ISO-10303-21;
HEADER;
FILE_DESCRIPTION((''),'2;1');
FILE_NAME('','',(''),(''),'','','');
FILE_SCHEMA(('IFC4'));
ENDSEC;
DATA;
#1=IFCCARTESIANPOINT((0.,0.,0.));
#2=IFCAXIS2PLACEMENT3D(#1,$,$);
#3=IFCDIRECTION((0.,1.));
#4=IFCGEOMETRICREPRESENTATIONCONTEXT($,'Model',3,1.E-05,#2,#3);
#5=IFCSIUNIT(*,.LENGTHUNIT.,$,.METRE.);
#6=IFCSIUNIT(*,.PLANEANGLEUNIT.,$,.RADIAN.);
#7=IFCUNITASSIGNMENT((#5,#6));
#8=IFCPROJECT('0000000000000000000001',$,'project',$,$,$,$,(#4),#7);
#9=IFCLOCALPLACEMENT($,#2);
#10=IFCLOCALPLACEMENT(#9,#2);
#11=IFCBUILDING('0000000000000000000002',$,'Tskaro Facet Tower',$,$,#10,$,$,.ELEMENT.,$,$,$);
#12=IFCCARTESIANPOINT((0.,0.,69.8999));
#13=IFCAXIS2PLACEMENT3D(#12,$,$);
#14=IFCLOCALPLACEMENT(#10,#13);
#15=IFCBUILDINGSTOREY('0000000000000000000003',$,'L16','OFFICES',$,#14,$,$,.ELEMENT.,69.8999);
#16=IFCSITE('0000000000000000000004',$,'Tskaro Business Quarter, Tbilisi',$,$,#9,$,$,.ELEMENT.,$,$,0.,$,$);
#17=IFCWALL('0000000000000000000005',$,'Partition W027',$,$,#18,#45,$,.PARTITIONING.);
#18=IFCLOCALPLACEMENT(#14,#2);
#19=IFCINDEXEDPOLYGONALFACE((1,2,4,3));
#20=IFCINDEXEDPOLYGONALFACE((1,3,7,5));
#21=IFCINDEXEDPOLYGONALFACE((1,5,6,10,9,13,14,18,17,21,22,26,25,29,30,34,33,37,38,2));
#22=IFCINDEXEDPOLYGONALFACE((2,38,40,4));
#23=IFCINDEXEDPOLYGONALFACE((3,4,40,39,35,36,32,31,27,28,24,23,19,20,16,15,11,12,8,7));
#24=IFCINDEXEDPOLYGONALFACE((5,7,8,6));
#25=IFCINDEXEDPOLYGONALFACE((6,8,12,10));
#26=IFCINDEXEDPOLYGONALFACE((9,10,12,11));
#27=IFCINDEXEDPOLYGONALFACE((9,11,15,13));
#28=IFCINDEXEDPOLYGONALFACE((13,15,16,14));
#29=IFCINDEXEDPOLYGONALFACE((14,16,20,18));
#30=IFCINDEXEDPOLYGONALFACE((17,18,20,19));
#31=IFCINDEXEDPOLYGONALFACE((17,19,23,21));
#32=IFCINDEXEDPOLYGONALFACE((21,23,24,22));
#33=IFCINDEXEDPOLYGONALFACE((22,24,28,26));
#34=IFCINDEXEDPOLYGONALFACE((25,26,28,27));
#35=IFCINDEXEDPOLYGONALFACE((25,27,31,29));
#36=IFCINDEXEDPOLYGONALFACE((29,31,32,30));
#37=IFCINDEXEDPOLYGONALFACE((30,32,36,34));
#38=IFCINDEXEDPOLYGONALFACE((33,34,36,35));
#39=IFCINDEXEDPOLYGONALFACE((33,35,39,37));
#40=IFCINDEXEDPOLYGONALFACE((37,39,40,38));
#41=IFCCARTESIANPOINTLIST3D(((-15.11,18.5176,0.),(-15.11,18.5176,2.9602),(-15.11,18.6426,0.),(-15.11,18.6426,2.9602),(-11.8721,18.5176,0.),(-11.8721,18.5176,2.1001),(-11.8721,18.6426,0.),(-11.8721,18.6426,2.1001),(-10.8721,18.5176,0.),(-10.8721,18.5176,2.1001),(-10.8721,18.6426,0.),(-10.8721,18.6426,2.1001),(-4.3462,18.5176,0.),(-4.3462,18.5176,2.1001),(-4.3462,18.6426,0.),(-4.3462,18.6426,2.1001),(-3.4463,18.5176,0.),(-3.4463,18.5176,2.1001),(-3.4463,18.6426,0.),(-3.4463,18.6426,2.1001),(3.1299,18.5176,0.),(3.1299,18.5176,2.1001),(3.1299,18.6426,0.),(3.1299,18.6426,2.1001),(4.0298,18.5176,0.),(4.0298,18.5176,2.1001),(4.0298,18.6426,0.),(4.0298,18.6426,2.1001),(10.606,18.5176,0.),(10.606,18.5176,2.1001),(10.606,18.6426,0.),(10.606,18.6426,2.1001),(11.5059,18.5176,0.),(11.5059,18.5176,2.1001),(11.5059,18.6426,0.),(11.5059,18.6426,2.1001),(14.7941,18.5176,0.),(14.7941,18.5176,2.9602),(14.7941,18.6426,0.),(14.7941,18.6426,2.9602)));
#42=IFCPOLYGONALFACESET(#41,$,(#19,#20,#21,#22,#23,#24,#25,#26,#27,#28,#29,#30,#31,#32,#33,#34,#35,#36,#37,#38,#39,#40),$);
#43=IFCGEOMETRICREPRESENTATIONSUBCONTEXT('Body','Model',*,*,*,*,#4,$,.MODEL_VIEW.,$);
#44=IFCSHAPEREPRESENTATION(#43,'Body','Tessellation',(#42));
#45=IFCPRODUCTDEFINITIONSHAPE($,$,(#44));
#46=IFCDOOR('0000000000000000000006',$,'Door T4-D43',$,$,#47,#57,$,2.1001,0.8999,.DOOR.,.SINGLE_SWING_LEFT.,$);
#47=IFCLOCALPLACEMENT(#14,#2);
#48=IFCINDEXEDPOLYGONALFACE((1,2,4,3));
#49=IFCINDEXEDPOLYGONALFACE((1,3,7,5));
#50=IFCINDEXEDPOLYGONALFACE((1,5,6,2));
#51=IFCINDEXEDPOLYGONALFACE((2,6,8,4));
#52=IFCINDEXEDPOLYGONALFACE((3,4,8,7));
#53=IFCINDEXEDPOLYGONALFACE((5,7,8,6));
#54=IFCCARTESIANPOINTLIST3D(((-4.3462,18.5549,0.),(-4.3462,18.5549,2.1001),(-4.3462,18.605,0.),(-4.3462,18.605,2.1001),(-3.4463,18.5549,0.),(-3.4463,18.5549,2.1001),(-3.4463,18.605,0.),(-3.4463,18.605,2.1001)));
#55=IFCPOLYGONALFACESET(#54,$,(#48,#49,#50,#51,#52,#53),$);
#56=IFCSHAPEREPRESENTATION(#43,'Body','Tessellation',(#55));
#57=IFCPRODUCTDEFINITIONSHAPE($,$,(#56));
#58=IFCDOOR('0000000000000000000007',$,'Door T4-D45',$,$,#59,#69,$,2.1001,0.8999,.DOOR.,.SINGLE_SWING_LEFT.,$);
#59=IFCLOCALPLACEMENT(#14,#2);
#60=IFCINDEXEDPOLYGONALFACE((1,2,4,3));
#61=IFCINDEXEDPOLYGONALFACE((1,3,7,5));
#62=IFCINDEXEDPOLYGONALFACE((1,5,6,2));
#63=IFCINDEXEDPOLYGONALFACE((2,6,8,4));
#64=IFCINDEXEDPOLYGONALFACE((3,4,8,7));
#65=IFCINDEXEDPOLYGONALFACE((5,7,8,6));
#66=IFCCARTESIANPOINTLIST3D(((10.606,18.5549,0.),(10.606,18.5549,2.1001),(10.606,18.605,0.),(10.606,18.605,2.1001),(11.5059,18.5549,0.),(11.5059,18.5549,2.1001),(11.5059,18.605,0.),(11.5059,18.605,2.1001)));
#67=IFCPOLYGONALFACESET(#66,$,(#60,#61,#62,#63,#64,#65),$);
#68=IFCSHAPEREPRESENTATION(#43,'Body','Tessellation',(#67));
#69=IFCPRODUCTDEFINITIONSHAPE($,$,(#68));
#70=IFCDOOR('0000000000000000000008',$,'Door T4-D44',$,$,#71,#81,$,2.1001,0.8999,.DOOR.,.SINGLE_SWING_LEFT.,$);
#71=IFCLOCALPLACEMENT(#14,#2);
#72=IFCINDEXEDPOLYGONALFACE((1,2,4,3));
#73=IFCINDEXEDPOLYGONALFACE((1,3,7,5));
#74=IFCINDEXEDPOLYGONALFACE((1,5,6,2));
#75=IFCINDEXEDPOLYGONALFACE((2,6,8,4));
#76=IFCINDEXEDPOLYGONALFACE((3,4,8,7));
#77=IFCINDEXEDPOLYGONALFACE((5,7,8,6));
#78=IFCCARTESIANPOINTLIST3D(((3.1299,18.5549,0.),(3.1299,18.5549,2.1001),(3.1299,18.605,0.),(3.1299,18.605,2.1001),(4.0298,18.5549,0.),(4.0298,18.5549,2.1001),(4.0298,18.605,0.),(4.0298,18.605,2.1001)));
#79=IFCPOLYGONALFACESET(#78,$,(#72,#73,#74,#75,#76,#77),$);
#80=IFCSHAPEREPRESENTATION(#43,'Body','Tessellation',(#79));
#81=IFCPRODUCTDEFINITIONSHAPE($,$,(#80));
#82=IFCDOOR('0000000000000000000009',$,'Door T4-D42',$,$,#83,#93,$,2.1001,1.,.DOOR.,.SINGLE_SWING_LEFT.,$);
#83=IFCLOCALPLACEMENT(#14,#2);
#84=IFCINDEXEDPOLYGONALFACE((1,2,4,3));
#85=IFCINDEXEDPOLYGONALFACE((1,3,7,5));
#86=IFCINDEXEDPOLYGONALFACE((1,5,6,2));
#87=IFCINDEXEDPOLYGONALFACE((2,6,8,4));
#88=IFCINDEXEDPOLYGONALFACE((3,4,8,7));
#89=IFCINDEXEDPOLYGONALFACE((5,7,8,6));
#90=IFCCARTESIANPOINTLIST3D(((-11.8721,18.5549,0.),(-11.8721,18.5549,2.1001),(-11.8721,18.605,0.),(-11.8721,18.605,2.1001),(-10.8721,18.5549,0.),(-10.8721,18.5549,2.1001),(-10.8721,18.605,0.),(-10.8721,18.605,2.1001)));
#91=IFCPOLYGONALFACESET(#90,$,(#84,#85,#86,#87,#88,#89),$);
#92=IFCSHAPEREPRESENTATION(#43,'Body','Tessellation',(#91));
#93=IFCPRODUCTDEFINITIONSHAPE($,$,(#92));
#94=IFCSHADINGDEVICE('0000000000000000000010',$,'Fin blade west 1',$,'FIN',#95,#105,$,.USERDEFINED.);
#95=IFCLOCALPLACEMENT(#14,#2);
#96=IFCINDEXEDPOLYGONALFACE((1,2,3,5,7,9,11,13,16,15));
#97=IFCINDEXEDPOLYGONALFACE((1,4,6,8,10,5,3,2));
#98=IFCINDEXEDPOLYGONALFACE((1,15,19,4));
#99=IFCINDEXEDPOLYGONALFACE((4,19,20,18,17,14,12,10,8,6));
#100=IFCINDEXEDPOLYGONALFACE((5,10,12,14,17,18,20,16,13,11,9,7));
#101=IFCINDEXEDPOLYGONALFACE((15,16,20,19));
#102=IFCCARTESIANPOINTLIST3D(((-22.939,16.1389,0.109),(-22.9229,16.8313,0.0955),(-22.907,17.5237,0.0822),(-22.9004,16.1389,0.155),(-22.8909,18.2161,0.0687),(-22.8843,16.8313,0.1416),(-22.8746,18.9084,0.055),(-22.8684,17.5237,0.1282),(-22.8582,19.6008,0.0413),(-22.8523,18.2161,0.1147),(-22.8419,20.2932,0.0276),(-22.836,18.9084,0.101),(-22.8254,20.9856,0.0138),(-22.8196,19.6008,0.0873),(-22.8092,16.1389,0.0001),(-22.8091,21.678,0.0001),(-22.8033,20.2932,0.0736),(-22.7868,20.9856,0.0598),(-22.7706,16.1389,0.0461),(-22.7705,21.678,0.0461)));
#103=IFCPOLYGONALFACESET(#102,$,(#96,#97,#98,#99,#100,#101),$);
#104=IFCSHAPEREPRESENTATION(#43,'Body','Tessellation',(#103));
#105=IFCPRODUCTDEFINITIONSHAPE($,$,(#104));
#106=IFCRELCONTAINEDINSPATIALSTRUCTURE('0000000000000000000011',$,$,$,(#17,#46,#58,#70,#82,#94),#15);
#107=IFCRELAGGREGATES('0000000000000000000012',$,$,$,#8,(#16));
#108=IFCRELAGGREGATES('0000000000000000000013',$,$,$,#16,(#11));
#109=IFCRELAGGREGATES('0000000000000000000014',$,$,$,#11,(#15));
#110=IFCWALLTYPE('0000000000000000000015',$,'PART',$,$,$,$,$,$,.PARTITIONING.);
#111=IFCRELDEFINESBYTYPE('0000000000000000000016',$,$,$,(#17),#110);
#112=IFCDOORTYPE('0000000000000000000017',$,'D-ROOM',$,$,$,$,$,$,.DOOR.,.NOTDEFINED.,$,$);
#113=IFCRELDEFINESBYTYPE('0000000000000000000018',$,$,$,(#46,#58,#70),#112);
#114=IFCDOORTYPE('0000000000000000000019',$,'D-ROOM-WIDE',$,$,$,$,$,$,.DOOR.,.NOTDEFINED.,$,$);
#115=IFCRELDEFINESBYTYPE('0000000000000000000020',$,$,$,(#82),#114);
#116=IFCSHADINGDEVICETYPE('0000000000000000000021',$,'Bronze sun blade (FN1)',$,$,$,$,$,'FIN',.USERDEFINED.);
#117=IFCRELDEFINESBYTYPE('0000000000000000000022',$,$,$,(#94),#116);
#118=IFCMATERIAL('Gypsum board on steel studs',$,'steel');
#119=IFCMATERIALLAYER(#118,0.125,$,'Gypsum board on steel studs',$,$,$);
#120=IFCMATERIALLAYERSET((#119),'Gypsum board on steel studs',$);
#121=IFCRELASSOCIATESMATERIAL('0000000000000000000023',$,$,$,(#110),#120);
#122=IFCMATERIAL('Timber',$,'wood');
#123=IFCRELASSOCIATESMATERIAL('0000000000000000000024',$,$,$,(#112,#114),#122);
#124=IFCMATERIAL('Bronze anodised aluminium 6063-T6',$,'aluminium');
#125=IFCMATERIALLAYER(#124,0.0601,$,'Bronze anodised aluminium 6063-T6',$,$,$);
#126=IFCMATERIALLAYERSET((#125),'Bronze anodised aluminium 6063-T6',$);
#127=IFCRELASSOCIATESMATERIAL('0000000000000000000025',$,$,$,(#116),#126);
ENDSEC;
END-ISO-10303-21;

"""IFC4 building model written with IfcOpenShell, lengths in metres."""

from ifc_helpers import new_model, si_unit, direction, frame, frame_2d, origin, place, context, subcontext, project, spatial, polyline, rectangle, outline, extrude, material, layer, layer_set, type_object, element, fill, save


model = new_model("IFC4")

# Units and contexts
model_context = context("Model", 3, precision=1e-05, world=origin(), true_north=direction((0.0, 1.0)))
body_context = subcontext(model_context, "Body", "Model", "MODEL_VIEW")
ifc_project = project(units=[si_unit("LENGTHUNIT", "METRE"), si_unit("PLANEANGLEUNIT", "RADIAN")], contexts=[model_context])

# Site, building, storey
site_placement = place(None, origin())
site = spatial("IfcSite", under=ifc_project, at=site_placement, Name="Tskaro Business Quarter, Tbilisi", CompositionType="ELEMENT", RefElevation=0.0)
building_placement = place(site_placement, origin())
building = spatial("IfcBuilding", under=site, at=building_placement, Name="Tskaro Facet Tower", CompositionType="ELEMENT")
storey_placement = place(building_placement, frame((0.0, 0.0, 69.8999)))
storey = spatial("IfcBuildingStorey", under=building, at=storey_placement, Name="L16", Description="OFFICES", CompositionType="ELEMENT", Elevation=69.8999)

# Shared definitions
ifc_material_1 = material(Name="Bronze anodised aluminium 6063-T6", Category="aluminium")

# Wall, openings, doors
ifc_material_2 = material(Name="Gypsum board on steel studs", Category="steel")
ifc_layer_1 = layer(ifc_material_2, 0.125, Name="Gypsum board on steel studs")
ifc_layer_set_1 = layer_set([ifc_layer_1], Name="Gypsum board on steel studs")
wall_type = type_object("IfcWallType", Name="PART", PredefinedType="PARTITIONING", material=ifc_layer_set_1)
wall_placement = place(storey_placement, frame((-15.1101, 18.5801, 0.0), z_axis=(0.0, 0.0, 1.0), x_axis=(1.0, 0.0, 0.0)))
wall = element("IfcWall", 1, at=wall_placement, inside=storey, type_object=wall_type, Name="Partition W027", PredefinedType="PARTITIONING", context=body_context, shape_type="SweptSolid", body=[
    extrude(rectangle(XDim=29.9041, YDim=0.125, at=frame_2d((14.9521, 0.0))), origin(), (0.0, 0.0, 1.0), 2.9602),
])
opening_1_placement = place(wall_placement, frame((10.7639, 0.0, 0.0)))
opening_1 = element("IfcOpeningElement", 2, at=opening_1_placement, cuts=wall, PredefinedType="OPENING", context=body_context, shape_type="SweptSolid", body=[
    extrude(rectangle(XDim=0.8999, YDim=2.1001, at=frame_2d((0.45, 1.05))), frame((0.0, 0.0725, 0.0), z_axis=(0.0, -1.0, 0.0), x_axis=(1.0, 0.0, 0.0)), (0.0, 0.0, 1.0), 0.145),
])
opening_2_placement = place(wall_placement, frame((3.238, 0.0, 0.0)))
opening_2 = element("IfcOpeningElement", 3, at=opening_2_placement, cuts=wall, PredefinedType="OPENING", context=body_context, shape_type="SweptSolid", body=[
    extrude(rectangle(XDim=1.0, YDim=2.1001, at=frame_2d((0.5, 1.05))), frame((0.0, 0.0725, 0.0), z_axis=(0.0, -1.0, 0.0), x_axis=(1.0, 0.0, 0.0)), (0.0, 0.0, 1.0), 0.145),
])
opening_3_placement = place(wall_placement, frame((25.7161, 0.0, 0.0)))
opening_3 = element("IfcOpeningElement", 4, at=opening_3_placement, cuts=wall, PredefinedType="OPENING", context=body_context, shape_type="SweptSolid", body=[
    extrude(rectangle(XDim=0.8999, YDim=2.1001, at=frame_2d((0.45, 1.05))), frame((0.0, 0.0725, 0.0), z_axis=(0.0, -1.0, 0.0), x_axis=(1.0, 0.0, 0.0)), (0.0, 0.0, 1.0), 0.145),
])
opening_4_placement = place(wall_placement, frame((18.24, 0.0, 0.0)))
opening_4 = element("IfcOpeningElement", 5, at=opening_4_placement, cuts=wall, PredefinedType="OPENING", context=body_context, shape_type="SweptSolid", body=[
    extrude(rectangle(XDim=0.8999, YDim=2.1001, at=frame_2d((0.45, 1.05))), frame((0.0, 0.0725, 0.0), z_axis=(0.0, -1.0, 0.0), x_axis=(1.0, 0.0, 0.0)), (0.0, 0.0, 1.0), 0.145),
])
ifc_material_3 = material(Name="Timber", Category="wood")
door_type_1 = type_object("IfcDoorType", Name="D-ROOM", OperationType="NOTDEFINED", PredefinedType="DOOR", material=ifc_material_3)
door_1_placement = place(opening_1_placement, origin())
door_1 = element("IfcDoor", 6, at=door_1_placement, inside=storey, type_object=door_type_1, Name="Door T4-D43", OperationType="SINGLE_SWING_LEFT", OverallHeight=2.1001, OverallWidth=0.8999, PredefinedType="DOOR", context=body_context, shape_type="SweptSolid", body=[
    extrude(rectangle(XDim=0.8999, YDim=2.1001, at=frame_2d((0.45, 1.05))), frame((0.0, 0.0249, 0.0), z_axis=(0.0, -1.0, 0.0), x_axis=(1.0, 0.0, 0.0)), (0.0, 0.0, 1.0), 0.05),
])
fill(opening_1, door_1)
door_2_placement = place(opening_3_placement, origin())
door_2 = element("IfcDoor", 7, at=door_2_placement, inside=storey, type_object=door_type_1, Name="Door T4-D45", OperationType="SINGLE_SWING_LEFT", OverallHeight=2.1001, OverallWidth=0.8999, PredefinedType="DOOR", context=body_context, shape_type="SweptSolid", body=[
    extrude(rectangle(XDim=0.8999, YDim=2.1001, at=frame_2d((0.45, 1.05))), frame((0.0, 0.0249, 0.0), z_axis=(0.0, -1.0, 0.0), x_axis=(1.0, 0.0, 0.0)), (0.0, 0.0, 1.0), 0.05),
])
fill(opening_3, door_2)
door_3_placement = place(opening_4_placement, origin())
door_3 = element("IfcDoor", 8, at=door_3_placement, inside=storey, type_object=door_type_1, Name="Door T4-D44", OperationType="SINGLE_SWING_LEFT", OverallHeight=2.1001, OverallWidth=0.8999, PredefinedType="DOOR", context=body_context, shape_type="SweptSolid", body=[
    extrude(rectangle(XDim=0.8999, YDim=2.1001, at=frame_2d((0.45, 1.05))), frame((0.0, 0.0249, 0.0), z_axis=(0.0, -1.0, 0.0), x_axis=(1.0, 0.0, 0.0)), (0.0, 0.0, 1.0), 0.05),
])
fill(opening_4, door_3)
door_type_2 = type_object("IfcDoorType", Name="D-ROOM-WIDE", OperationType="NOTDEFINED", PredefinedType="DOOR", material=ifc_material_3)
door_4_placement = place(opening_2_placement, origin())
door_4 = element("IfcDoor", 9, at=door_4_placement, inside=storey, type_object=door_type_2, Name="Door T4-D42", OperationType="SINGLE_SWING_LEFT", OverallHeight=2.1001, OverallWidth=1.0, PredefinedType="DOOR", context=body_context, shape_type="SweptSolid", body=[
    extrude(rectangle(XDim=1.0, YDim=2.1001, at=frame_2d((0.5, 1.05))), frame((0.0, 0.0249, 0.0), z_axis=(0.0, -1.0, 0.0), x_axis=(1.0, 0.0, 0.0)), (0.0, 0.0, 1.0), 0.05),
])
fill(opening_2, door_4)

# Shading device
ifc_layer_2 = layer(ifc_material_1, 0.0601, Name="Bronze anodised aluminium 6063-T6")
ifc_layer_set_2 = layer_set([ifc_layer_2], Name="Bronze anodised aluminium 6063-T6")
shading_device_type = type_object("IfcShadingDeviceType", Name="Bronze sun blade (FN1)", ElementType="FIN", PredefinedType="USERDEFINED", material=ifc_layer_set_2)
shading_device_1_placement = place(storey_placement, frame((-22.7705, 21.678, 0.0461), z_axis=(0.642789, -0.000014, 0.766044), x_axis=(-0.000009, -1.0, -0.00001)))
element("IfcShadingDevice", 10, at=shading_device_1_placement, inside=storey, type_object=shading_device_type, Name="Fin blade west 1", ObjectType="FIN", PredefinedType="USERDEFINED", context=body_context, shape_type="SweptSolid", body=[
    extrude(outline(polyline([(0.0, 0.0), (5.5391, 0.0), (5.5391, -0.1695), (4.8467, -0.1485), (4.1543, -0.1277), (3.4619, -0.1068), (2.7695, -0.0854), (2.0771, -0.0641), (1.3848, -0.0428), (0.6924, -0.0213), (0.0, 0.0)])), origin(), (0.0, 0.0, -1.0), 0.0601),
])

save(model, "model.ifc")
